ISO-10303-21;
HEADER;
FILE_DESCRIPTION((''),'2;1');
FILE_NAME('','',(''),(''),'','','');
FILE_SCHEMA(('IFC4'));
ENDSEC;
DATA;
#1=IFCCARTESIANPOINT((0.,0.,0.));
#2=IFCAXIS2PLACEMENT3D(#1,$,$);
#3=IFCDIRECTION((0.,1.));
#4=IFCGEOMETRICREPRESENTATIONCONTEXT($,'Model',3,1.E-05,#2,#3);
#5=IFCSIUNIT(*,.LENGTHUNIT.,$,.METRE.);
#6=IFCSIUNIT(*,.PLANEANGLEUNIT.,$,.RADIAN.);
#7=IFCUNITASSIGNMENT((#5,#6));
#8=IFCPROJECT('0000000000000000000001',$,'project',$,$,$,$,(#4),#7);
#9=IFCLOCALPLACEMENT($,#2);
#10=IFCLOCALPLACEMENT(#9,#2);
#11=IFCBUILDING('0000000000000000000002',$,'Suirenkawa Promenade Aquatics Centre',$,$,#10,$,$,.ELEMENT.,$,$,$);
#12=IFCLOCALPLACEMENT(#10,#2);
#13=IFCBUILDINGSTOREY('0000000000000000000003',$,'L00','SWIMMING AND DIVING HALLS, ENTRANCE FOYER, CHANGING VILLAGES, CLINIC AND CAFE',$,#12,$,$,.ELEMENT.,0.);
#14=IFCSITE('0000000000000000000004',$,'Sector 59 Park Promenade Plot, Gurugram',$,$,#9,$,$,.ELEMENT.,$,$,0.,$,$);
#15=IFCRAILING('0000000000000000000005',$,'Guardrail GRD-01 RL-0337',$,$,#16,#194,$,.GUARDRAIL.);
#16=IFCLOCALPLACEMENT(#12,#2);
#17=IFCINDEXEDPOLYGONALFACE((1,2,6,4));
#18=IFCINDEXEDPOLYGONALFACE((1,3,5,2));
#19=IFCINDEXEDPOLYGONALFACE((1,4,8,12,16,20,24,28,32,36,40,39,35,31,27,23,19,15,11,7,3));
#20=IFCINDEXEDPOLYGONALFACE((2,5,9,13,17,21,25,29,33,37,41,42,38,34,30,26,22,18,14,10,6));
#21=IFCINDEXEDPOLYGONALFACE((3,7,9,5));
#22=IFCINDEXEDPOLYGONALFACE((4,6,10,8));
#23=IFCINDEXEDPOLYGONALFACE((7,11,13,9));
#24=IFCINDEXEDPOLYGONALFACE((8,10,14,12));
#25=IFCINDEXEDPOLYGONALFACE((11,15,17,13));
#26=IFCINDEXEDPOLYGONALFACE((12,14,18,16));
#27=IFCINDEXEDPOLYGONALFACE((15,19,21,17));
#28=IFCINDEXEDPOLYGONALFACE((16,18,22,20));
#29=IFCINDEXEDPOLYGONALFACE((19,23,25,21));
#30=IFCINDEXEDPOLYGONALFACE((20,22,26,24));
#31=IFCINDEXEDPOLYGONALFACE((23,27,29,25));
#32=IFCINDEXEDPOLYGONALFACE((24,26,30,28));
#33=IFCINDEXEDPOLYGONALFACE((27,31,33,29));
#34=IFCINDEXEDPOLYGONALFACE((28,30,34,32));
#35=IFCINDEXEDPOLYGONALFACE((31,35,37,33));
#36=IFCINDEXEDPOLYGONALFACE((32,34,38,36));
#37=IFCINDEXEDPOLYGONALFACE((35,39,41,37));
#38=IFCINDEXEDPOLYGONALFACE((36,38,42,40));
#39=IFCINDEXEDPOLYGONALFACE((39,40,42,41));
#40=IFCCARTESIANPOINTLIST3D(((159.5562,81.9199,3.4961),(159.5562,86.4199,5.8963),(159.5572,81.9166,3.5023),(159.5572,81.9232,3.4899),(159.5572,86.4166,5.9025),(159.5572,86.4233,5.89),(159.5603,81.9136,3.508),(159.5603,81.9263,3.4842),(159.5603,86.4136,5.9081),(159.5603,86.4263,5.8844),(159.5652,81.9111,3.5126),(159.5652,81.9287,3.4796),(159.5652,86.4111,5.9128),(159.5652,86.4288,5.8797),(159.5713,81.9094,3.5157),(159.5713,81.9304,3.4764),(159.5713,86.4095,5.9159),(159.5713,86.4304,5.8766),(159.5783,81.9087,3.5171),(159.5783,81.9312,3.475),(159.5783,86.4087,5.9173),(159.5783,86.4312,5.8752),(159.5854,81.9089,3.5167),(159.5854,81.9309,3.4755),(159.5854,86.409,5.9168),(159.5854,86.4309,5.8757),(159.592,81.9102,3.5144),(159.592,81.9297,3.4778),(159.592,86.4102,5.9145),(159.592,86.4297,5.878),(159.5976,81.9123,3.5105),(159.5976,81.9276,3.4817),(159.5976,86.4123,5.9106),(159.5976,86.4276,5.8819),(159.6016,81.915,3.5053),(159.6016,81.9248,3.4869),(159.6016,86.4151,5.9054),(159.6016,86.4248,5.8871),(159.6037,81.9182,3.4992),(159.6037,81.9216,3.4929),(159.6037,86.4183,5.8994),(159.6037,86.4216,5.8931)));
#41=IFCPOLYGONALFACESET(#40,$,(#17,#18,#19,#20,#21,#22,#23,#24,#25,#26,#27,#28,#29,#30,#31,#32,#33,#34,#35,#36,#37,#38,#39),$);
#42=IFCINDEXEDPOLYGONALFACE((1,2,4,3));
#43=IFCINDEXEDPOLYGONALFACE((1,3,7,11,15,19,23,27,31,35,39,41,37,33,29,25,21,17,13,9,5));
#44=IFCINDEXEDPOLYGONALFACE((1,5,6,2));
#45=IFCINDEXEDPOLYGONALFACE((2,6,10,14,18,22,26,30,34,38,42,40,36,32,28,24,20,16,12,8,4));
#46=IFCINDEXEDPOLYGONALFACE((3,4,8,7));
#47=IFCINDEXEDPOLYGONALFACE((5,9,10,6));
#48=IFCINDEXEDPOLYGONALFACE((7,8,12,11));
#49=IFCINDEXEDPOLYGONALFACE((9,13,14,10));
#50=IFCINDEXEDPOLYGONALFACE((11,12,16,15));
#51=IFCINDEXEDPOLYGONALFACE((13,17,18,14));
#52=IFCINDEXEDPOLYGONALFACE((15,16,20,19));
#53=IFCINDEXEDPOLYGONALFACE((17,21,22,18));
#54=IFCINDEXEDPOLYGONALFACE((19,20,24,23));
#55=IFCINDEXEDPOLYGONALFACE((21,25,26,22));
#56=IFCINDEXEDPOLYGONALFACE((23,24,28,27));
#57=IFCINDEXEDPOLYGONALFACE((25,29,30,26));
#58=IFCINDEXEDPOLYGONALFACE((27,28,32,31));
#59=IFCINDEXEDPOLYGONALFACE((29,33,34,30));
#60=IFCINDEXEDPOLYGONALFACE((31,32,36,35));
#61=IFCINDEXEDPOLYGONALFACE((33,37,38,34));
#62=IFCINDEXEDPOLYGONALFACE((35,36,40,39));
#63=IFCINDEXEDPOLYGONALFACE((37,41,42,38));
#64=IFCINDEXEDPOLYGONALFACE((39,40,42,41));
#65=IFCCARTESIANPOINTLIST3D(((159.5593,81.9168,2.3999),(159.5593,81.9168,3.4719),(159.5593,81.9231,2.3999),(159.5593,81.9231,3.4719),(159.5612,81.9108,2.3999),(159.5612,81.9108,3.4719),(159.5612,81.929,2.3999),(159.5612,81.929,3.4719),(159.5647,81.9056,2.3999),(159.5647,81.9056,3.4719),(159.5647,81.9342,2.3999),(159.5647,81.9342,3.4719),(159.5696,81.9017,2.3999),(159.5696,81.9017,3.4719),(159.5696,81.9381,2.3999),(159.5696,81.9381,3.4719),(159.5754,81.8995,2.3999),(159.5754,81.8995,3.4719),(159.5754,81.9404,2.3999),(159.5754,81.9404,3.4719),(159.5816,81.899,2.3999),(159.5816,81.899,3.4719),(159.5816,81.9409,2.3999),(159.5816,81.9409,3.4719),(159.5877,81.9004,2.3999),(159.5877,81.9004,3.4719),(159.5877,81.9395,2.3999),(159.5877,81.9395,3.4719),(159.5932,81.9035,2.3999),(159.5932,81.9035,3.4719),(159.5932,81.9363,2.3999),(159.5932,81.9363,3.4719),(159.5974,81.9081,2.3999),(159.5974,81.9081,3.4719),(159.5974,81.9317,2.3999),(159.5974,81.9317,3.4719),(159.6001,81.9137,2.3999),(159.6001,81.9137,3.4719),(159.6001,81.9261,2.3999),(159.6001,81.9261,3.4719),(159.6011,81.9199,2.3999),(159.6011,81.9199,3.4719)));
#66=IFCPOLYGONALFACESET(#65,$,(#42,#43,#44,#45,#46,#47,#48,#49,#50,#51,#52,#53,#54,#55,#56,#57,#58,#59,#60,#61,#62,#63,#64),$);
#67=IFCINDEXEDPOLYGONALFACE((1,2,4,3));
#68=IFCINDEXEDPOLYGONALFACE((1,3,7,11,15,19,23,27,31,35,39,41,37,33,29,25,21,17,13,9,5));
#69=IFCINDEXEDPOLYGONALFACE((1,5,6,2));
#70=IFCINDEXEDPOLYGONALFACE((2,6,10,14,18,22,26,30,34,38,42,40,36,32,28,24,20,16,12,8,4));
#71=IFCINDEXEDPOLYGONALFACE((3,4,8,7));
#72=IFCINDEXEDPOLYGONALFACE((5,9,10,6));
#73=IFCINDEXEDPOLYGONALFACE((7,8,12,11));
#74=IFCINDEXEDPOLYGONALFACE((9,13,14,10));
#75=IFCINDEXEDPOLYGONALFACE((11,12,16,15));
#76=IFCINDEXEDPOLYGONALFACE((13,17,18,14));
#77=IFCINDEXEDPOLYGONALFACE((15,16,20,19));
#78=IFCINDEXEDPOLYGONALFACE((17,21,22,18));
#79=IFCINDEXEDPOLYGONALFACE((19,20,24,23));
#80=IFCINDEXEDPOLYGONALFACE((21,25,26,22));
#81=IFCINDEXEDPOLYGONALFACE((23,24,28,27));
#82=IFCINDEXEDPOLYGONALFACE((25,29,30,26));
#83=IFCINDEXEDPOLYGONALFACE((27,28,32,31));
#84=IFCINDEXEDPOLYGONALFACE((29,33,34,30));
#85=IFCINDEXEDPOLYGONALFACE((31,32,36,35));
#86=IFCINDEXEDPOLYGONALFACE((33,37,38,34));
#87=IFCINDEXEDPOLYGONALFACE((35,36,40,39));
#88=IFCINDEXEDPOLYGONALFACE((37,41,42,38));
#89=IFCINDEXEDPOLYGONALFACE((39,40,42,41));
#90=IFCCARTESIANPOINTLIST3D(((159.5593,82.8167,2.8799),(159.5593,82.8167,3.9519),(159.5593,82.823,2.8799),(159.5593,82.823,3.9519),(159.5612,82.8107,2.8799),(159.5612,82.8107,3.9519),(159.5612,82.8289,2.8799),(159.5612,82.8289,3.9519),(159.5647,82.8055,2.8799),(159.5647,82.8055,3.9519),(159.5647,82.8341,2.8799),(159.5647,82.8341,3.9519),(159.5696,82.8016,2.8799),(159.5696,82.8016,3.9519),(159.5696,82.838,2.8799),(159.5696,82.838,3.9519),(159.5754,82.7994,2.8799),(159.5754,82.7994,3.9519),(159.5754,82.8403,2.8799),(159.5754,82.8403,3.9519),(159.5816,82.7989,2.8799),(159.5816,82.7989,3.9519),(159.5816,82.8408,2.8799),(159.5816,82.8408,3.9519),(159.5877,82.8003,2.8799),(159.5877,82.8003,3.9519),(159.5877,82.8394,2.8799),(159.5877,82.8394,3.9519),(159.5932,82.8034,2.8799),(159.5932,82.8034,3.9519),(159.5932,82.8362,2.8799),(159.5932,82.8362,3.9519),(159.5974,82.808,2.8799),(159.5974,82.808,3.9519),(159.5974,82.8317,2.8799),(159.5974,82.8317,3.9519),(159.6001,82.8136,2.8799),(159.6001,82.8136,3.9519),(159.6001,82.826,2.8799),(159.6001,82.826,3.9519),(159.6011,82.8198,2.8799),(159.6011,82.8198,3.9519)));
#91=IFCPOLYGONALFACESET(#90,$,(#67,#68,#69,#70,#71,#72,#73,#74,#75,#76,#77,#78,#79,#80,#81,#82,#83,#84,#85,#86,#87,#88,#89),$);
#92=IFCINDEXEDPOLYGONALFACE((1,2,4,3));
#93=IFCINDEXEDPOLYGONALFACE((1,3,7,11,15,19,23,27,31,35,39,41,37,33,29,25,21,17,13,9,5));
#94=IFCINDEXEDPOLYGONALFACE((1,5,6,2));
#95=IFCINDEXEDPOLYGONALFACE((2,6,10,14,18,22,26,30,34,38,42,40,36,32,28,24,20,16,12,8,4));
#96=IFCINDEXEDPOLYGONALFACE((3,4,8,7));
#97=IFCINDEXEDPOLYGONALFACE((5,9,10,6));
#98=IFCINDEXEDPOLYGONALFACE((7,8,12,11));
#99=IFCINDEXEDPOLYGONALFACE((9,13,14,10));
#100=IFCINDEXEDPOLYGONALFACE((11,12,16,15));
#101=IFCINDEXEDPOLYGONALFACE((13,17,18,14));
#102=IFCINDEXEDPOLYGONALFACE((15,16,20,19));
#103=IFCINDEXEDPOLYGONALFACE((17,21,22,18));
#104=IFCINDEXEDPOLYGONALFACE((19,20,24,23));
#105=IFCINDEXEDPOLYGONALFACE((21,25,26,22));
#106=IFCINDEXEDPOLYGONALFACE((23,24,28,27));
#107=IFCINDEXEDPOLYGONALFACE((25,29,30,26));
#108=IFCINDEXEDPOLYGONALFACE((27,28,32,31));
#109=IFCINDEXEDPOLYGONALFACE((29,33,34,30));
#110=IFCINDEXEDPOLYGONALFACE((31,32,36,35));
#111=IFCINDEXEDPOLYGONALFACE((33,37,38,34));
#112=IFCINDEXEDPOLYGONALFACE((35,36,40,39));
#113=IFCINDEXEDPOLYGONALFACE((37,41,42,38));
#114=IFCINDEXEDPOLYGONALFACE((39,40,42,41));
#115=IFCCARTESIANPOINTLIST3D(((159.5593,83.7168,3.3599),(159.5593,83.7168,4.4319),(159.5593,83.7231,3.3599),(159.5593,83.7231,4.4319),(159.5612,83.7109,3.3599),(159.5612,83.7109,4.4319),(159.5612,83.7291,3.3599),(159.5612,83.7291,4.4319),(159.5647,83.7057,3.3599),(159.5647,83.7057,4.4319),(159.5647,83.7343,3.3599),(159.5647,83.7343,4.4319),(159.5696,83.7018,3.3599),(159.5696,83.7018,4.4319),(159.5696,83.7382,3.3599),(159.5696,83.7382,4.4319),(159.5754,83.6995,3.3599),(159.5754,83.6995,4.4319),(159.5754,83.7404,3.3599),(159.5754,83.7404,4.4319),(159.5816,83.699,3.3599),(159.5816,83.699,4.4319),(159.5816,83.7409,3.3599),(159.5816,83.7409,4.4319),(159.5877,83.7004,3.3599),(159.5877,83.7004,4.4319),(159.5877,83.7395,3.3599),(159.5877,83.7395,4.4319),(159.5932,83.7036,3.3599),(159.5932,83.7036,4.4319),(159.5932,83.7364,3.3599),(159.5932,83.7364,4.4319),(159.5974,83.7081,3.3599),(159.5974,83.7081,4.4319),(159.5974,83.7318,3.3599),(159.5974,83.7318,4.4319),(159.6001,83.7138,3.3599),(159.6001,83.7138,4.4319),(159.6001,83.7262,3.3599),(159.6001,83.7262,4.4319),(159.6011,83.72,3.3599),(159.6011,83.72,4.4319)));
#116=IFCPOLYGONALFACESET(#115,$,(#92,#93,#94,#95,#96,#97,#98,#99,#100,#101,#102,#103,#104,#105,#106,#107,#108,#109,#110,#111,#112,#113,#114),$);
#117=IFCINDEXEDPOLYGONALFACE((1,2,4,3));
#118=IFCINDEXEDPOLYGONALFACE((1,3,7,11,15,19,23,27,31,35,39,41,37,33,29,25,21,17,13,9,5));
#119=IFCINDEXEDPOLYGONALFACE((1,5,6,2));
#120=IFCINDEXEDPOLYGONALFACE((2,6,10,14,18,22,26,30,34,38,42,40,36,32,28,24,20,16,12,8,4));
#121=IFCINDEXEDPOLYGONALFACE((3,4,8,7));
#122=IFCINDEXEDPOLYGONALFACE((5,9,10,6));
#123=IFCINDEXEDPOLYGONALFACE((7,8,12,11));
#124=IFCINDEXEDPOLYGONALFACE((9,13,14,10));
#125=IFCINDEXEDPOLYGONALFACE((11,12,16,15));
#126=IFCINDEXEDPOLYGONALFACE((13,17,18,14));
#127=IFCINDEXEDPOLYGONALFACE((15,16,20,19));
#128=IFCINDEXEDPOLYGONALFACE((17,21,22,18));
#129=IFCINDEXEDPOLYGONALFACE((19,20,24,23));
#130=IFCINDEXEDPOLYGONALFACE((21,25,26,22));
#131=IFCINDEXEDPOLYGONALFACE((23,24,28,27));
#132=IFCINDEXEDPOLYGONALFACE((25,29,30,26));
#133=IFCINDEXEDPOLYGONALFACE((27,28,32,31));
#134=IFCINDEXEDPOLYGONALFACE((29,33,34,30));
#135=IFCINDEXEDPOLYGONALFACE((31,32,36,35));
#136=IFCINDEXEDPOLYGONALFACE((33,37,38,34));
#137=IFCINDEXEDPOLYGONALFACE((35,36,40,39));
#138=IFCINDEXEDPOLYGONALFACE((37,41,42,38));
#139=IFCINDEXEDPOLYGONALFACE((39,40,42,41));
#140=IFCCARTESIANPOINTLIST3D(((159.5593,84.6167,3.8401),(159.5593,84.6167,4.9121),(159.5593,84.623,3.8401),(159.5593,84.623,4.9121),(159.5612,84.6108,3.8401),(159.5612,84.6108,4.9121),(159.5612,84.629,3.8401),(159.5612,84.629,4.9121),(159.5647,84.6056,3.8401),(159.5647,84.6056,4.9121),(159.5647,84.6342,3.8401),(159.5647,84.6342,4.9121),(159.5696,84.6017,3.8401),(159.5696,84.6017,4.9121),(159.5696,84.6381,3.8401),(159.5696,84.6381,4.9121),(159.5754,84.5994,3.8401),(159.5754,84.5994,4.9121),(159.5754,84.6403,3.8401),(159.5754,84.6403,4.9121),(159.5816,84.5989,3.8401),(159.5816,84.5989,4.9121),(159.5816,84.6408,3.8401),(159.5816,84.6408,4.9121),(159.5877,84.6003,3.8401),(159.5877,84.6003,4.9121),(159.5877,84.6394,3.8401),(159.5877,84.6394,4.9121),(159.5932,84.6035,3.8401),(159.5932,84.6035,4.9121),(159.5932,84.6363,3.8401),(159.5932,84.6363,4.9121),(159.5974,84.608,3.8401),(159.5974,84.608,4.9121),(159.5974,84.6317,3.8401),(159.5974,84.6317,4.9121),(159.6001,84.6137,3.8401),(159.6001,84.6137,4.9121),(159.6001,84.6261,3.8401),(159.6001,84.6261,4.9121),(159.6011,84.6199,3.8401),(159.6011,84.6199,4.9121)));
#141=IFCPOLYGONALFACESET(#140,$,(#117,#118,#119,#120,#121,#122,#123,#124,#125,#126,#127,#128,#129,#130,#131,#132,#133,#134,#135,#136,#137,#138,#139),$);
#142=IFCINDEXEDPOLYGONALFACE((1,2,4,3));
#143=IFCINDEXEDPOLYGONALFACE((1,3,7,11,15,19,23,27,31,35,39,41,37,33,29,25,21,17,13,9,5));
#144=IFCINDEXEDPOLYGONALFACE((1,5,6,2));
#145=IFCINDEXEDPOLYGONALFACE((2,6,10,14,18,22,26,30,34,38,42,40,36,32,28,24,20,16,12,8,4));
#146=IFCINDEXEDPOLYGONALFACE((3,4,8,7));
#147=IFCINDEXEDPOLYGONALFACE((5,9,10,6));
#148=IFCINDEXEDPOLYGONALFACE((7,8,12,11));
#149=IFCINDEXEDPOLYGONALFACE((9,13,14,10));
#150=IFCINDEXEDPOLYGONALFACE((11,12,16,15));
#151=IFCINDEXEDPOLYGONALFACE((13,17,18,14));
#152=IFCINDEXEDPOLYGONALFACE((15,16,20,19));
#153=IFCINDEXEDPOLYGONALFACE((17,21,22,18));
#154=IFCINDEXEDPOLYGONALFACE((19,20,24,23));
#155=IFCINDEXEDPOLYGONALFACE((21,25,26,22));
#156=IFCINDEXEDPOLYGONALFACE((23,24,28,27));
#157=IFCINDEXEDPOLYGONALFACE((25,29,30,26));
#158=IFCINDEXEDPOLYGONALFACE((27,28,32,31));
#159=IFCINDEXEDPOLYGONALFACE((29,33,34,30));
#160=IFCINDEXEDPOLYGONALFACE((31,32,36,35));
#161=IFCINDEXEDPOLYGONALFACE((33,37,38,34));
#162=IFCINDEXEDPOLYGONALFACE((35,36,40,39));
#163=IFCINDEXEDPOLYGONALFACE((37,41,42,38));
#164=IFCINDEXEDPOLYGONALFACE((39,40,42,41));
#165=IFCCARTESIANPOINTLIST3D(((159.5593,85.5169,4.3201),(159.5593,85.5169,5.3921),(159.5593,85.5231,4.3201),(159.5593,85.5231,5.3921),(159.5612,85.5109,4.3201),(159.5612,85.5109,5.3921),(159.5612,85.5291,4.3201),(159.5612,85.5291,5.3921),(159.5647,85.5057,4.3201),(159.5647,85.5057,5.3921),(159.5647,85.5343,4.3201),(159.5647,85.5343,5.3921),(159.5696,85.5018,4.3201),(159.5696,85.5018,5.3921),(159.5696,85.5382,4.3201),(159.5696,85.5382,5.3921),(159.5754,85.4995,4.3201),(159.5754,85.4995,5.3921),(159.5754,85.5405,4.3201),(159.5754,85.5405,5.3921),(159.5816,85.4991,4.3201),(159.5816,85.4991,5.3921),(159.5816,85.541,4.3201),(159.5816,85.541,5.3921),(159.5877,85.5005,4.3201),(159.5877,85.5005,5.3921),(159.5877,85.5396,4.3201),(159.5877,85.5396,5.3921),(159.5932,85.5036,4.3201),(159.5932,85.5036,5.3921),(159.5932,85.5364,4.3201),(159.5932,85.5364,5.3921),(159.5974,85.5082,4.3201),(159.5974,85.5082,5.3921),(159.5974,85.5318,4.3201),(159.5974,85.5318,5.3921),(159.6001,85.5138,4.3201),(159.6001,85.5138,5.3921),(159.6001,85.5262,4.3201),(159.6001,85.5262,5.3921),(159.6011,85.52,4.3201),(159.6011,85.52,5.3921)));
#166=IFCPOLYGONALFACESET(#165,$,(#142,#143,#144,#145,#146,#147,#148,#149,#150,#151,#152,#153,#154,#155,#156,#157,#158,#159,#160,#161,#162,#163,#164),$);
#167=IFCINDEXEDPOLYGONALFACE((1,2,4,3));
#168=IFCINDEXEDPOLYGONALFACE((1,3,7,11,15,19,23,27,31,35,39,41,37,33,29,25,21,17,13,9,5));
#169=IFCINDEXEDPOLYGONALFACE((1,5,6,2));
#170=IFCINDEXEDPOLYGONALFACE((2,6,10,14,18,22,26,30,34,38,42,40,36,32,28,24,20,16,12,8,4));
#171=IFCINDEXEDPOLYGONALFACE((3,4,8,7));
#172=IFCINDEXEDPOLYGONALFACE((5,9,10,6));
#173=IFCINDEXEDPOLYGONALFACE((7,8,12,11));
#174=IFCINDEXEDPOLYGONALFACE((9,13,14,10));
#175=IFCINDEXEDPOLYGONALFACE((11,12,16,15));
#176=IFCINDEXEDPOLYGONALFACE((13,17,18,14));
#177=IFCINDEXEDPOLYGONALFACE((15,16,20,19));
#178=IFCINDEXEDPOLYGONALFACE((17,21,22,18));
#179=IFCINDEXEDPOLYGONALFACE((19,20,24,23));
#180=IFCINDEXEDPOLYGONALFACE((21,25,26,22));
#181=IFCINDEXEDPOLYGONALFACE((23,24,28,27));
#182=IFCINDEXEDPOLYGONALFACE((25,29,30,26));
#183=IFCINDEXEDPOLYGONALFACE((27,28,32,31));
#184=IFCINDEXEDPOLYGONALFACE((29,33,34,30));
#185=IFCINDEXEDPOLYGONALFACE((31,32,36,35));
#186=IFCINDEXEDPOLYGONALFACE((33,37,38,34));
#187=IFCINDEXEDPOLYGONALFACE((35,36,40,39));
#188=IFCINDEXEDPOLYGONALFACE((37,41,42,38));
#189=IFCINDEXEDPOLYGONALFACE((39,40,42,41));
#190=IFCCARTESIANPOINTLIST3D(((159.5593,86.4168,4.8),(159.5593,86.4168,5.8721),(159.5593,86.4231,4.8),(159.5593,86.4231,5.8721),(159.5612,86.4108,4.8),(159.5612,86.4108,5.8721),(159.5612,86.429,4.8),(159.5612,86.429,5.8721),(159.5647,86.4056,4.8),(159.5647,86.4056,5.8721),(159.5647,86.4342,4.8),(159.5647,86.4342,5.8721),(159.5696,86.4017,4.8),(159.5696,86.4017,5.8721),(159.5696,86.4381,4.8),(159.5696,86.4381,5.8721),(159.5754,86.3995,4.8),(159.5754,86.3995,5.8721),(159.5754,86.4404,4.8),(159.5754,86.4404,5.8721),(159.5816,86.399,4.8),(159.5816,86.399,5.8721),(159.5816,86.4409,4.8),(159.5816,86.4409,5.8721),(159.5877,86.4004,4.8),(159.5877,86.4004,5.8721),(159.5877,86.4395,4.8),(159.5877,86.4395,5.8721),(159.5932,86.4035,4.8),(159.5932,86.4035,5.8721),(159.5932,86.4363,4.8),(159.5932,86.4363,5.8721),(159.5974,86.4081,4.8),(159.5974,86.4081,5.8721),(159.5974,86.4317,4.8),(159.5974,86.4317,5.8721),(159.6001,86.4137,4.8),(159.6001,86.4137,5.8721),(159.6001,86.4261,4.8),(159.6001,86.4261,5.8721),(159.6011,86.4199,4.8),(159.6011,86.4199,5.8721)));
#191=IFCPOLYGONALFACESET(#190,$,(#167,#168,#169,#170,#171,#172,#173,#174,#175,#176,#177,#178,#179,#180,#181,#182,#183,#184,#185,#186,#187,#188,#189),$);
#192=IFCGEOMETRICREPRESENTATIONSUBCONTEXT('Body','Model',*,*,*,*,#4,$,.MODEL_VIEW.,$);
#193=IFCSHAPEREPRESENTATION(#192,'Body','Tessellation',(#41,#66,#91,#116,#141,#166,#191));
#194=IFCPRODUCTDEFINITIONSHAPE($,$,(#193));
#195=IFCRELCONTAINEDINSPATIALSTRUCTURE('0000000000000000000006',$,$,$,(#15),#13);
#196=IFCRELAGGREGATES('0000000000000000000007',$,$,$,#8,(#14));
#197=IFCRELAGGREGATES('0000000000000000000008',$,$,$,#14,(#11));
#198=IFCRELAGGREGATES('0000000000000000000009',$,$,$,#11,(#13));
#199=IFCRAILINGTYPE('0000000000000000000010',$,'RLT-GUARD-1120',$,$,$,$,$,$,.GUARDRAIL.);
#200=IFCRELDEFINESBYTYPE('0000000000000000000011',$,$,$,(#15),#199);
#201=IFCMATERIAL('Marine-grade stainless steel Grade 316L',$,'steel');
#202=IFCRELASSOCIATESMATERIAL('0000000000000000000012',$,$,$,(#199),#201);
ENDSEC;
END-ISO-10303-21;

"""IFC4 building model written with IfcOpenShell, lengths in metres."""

from ifc_helpers import new_model, si_unit, direction, frame, origin, origin_2d, place, context, subcontext, project, spatial, circle, extrude, material, type_object, element, save


model = new_model("IFC4")

# Units and contexts
model_context = context("Model", 3, precision=1e-05, world=origin(), true_north=direction((0.0, 1.0)))
body_context = subcontext(model_context, "Body", "Model", "MODEL_VIEW")
ifc_project = project(units=[si_unit("LENGTHUNIT", "METRE"), si_unit("PLANEANGLEUNIT", "RADIAN")], contexts=[model_context])

# Site, building, storey
site_placement = place(None, origin())
site = spatial("IfcSite", under=ifc_project, at=site_placement, Name="Sector 59 Park Promenade Plot, Gurugram", CompositionType="ELEMENT", RefElevation=0.0)
building_placement = place(site_placement, origin())
building = spatial("IfcBuilding", under=site, at=building_placement, Name="Suirenkawa Promenade Aquatics Centre", CompositionType="ELEMENT")
storey_placement = place(building_placement, origin())
storey = spatial("IfcBuildingStorey", under=building, at=storey_placement, Name="L00", Description="SWIMMING AND DIVING HALLS, ENTRANCE FOYER, CHANGING VILLAGES, CLINIC AND CAFE", CompositionType="ELEMENT", Elevation=0.0)

# Railing
ifc_material_1 = material(Name="Marine-grade stainless steel Grade 316L", Category="steel")
railing_type_1 = type_object("IfcRailingType", Name="RLT-GUARD-1120", PredefinedType="GUARDRAIL", material=ifc_material_1)
for number, where, name in (
    (1, (159.5801, 81.9199, 2.3999), "Guardrail GRD-01 RL-0337"),
):
    element("IfcRailing", number, at=place(storey_placement, frame(where)), inside=storey, type_object=railing_type_1, Name=name, PredefinedType="GUARDRAIL", context=body_context, shape_type="SweptSolid", body=[
        extrude(circle(Radius=0.0239, at=origin_2d()), frame((0.0, 0.0, 1.0962), z_axis=(0.0, 0.882341, 0.470611), x_axis=(-1.0, 0.0, 0.0)), (0.0, 0.0, 1.0), 5.1001),
        extrude(circle(Radius=0.021, at=origin_2d()), origin(), (0.0, 0.0, 1.0), 1.072),
        extrude(circle(Radius=0.021, at=origin_2d()), frame((0.0, 0.8999, 0.48)), (0.0, 0.0, 1.0), 1.072),
        extrude(circle(Radius=0.021, at=origin_2d()), frame((0.0, 1.8, 0.96)), (0.0, 0.0, 1.0), 1.072),
        extrude(circle(Radius=0.021, at=origin_2d()), frame((0.0, 2.7, 1.4402)), (0.0, 0.0, 1.0), 1.072),
        extrude(circle(Radius=0.021, at=origin_2d()), frame((0.0, 3.6001, 1.9202)), (0.0, 0.0, 1.0), 1.072),
        extrude(circle(Radius=0.021, at=origin_2d()), frame((0.0, 4.5, 2.4001)), (0.0, 0.0, 1.0), 1.072),
    ])

save(model, "model.ifc")
